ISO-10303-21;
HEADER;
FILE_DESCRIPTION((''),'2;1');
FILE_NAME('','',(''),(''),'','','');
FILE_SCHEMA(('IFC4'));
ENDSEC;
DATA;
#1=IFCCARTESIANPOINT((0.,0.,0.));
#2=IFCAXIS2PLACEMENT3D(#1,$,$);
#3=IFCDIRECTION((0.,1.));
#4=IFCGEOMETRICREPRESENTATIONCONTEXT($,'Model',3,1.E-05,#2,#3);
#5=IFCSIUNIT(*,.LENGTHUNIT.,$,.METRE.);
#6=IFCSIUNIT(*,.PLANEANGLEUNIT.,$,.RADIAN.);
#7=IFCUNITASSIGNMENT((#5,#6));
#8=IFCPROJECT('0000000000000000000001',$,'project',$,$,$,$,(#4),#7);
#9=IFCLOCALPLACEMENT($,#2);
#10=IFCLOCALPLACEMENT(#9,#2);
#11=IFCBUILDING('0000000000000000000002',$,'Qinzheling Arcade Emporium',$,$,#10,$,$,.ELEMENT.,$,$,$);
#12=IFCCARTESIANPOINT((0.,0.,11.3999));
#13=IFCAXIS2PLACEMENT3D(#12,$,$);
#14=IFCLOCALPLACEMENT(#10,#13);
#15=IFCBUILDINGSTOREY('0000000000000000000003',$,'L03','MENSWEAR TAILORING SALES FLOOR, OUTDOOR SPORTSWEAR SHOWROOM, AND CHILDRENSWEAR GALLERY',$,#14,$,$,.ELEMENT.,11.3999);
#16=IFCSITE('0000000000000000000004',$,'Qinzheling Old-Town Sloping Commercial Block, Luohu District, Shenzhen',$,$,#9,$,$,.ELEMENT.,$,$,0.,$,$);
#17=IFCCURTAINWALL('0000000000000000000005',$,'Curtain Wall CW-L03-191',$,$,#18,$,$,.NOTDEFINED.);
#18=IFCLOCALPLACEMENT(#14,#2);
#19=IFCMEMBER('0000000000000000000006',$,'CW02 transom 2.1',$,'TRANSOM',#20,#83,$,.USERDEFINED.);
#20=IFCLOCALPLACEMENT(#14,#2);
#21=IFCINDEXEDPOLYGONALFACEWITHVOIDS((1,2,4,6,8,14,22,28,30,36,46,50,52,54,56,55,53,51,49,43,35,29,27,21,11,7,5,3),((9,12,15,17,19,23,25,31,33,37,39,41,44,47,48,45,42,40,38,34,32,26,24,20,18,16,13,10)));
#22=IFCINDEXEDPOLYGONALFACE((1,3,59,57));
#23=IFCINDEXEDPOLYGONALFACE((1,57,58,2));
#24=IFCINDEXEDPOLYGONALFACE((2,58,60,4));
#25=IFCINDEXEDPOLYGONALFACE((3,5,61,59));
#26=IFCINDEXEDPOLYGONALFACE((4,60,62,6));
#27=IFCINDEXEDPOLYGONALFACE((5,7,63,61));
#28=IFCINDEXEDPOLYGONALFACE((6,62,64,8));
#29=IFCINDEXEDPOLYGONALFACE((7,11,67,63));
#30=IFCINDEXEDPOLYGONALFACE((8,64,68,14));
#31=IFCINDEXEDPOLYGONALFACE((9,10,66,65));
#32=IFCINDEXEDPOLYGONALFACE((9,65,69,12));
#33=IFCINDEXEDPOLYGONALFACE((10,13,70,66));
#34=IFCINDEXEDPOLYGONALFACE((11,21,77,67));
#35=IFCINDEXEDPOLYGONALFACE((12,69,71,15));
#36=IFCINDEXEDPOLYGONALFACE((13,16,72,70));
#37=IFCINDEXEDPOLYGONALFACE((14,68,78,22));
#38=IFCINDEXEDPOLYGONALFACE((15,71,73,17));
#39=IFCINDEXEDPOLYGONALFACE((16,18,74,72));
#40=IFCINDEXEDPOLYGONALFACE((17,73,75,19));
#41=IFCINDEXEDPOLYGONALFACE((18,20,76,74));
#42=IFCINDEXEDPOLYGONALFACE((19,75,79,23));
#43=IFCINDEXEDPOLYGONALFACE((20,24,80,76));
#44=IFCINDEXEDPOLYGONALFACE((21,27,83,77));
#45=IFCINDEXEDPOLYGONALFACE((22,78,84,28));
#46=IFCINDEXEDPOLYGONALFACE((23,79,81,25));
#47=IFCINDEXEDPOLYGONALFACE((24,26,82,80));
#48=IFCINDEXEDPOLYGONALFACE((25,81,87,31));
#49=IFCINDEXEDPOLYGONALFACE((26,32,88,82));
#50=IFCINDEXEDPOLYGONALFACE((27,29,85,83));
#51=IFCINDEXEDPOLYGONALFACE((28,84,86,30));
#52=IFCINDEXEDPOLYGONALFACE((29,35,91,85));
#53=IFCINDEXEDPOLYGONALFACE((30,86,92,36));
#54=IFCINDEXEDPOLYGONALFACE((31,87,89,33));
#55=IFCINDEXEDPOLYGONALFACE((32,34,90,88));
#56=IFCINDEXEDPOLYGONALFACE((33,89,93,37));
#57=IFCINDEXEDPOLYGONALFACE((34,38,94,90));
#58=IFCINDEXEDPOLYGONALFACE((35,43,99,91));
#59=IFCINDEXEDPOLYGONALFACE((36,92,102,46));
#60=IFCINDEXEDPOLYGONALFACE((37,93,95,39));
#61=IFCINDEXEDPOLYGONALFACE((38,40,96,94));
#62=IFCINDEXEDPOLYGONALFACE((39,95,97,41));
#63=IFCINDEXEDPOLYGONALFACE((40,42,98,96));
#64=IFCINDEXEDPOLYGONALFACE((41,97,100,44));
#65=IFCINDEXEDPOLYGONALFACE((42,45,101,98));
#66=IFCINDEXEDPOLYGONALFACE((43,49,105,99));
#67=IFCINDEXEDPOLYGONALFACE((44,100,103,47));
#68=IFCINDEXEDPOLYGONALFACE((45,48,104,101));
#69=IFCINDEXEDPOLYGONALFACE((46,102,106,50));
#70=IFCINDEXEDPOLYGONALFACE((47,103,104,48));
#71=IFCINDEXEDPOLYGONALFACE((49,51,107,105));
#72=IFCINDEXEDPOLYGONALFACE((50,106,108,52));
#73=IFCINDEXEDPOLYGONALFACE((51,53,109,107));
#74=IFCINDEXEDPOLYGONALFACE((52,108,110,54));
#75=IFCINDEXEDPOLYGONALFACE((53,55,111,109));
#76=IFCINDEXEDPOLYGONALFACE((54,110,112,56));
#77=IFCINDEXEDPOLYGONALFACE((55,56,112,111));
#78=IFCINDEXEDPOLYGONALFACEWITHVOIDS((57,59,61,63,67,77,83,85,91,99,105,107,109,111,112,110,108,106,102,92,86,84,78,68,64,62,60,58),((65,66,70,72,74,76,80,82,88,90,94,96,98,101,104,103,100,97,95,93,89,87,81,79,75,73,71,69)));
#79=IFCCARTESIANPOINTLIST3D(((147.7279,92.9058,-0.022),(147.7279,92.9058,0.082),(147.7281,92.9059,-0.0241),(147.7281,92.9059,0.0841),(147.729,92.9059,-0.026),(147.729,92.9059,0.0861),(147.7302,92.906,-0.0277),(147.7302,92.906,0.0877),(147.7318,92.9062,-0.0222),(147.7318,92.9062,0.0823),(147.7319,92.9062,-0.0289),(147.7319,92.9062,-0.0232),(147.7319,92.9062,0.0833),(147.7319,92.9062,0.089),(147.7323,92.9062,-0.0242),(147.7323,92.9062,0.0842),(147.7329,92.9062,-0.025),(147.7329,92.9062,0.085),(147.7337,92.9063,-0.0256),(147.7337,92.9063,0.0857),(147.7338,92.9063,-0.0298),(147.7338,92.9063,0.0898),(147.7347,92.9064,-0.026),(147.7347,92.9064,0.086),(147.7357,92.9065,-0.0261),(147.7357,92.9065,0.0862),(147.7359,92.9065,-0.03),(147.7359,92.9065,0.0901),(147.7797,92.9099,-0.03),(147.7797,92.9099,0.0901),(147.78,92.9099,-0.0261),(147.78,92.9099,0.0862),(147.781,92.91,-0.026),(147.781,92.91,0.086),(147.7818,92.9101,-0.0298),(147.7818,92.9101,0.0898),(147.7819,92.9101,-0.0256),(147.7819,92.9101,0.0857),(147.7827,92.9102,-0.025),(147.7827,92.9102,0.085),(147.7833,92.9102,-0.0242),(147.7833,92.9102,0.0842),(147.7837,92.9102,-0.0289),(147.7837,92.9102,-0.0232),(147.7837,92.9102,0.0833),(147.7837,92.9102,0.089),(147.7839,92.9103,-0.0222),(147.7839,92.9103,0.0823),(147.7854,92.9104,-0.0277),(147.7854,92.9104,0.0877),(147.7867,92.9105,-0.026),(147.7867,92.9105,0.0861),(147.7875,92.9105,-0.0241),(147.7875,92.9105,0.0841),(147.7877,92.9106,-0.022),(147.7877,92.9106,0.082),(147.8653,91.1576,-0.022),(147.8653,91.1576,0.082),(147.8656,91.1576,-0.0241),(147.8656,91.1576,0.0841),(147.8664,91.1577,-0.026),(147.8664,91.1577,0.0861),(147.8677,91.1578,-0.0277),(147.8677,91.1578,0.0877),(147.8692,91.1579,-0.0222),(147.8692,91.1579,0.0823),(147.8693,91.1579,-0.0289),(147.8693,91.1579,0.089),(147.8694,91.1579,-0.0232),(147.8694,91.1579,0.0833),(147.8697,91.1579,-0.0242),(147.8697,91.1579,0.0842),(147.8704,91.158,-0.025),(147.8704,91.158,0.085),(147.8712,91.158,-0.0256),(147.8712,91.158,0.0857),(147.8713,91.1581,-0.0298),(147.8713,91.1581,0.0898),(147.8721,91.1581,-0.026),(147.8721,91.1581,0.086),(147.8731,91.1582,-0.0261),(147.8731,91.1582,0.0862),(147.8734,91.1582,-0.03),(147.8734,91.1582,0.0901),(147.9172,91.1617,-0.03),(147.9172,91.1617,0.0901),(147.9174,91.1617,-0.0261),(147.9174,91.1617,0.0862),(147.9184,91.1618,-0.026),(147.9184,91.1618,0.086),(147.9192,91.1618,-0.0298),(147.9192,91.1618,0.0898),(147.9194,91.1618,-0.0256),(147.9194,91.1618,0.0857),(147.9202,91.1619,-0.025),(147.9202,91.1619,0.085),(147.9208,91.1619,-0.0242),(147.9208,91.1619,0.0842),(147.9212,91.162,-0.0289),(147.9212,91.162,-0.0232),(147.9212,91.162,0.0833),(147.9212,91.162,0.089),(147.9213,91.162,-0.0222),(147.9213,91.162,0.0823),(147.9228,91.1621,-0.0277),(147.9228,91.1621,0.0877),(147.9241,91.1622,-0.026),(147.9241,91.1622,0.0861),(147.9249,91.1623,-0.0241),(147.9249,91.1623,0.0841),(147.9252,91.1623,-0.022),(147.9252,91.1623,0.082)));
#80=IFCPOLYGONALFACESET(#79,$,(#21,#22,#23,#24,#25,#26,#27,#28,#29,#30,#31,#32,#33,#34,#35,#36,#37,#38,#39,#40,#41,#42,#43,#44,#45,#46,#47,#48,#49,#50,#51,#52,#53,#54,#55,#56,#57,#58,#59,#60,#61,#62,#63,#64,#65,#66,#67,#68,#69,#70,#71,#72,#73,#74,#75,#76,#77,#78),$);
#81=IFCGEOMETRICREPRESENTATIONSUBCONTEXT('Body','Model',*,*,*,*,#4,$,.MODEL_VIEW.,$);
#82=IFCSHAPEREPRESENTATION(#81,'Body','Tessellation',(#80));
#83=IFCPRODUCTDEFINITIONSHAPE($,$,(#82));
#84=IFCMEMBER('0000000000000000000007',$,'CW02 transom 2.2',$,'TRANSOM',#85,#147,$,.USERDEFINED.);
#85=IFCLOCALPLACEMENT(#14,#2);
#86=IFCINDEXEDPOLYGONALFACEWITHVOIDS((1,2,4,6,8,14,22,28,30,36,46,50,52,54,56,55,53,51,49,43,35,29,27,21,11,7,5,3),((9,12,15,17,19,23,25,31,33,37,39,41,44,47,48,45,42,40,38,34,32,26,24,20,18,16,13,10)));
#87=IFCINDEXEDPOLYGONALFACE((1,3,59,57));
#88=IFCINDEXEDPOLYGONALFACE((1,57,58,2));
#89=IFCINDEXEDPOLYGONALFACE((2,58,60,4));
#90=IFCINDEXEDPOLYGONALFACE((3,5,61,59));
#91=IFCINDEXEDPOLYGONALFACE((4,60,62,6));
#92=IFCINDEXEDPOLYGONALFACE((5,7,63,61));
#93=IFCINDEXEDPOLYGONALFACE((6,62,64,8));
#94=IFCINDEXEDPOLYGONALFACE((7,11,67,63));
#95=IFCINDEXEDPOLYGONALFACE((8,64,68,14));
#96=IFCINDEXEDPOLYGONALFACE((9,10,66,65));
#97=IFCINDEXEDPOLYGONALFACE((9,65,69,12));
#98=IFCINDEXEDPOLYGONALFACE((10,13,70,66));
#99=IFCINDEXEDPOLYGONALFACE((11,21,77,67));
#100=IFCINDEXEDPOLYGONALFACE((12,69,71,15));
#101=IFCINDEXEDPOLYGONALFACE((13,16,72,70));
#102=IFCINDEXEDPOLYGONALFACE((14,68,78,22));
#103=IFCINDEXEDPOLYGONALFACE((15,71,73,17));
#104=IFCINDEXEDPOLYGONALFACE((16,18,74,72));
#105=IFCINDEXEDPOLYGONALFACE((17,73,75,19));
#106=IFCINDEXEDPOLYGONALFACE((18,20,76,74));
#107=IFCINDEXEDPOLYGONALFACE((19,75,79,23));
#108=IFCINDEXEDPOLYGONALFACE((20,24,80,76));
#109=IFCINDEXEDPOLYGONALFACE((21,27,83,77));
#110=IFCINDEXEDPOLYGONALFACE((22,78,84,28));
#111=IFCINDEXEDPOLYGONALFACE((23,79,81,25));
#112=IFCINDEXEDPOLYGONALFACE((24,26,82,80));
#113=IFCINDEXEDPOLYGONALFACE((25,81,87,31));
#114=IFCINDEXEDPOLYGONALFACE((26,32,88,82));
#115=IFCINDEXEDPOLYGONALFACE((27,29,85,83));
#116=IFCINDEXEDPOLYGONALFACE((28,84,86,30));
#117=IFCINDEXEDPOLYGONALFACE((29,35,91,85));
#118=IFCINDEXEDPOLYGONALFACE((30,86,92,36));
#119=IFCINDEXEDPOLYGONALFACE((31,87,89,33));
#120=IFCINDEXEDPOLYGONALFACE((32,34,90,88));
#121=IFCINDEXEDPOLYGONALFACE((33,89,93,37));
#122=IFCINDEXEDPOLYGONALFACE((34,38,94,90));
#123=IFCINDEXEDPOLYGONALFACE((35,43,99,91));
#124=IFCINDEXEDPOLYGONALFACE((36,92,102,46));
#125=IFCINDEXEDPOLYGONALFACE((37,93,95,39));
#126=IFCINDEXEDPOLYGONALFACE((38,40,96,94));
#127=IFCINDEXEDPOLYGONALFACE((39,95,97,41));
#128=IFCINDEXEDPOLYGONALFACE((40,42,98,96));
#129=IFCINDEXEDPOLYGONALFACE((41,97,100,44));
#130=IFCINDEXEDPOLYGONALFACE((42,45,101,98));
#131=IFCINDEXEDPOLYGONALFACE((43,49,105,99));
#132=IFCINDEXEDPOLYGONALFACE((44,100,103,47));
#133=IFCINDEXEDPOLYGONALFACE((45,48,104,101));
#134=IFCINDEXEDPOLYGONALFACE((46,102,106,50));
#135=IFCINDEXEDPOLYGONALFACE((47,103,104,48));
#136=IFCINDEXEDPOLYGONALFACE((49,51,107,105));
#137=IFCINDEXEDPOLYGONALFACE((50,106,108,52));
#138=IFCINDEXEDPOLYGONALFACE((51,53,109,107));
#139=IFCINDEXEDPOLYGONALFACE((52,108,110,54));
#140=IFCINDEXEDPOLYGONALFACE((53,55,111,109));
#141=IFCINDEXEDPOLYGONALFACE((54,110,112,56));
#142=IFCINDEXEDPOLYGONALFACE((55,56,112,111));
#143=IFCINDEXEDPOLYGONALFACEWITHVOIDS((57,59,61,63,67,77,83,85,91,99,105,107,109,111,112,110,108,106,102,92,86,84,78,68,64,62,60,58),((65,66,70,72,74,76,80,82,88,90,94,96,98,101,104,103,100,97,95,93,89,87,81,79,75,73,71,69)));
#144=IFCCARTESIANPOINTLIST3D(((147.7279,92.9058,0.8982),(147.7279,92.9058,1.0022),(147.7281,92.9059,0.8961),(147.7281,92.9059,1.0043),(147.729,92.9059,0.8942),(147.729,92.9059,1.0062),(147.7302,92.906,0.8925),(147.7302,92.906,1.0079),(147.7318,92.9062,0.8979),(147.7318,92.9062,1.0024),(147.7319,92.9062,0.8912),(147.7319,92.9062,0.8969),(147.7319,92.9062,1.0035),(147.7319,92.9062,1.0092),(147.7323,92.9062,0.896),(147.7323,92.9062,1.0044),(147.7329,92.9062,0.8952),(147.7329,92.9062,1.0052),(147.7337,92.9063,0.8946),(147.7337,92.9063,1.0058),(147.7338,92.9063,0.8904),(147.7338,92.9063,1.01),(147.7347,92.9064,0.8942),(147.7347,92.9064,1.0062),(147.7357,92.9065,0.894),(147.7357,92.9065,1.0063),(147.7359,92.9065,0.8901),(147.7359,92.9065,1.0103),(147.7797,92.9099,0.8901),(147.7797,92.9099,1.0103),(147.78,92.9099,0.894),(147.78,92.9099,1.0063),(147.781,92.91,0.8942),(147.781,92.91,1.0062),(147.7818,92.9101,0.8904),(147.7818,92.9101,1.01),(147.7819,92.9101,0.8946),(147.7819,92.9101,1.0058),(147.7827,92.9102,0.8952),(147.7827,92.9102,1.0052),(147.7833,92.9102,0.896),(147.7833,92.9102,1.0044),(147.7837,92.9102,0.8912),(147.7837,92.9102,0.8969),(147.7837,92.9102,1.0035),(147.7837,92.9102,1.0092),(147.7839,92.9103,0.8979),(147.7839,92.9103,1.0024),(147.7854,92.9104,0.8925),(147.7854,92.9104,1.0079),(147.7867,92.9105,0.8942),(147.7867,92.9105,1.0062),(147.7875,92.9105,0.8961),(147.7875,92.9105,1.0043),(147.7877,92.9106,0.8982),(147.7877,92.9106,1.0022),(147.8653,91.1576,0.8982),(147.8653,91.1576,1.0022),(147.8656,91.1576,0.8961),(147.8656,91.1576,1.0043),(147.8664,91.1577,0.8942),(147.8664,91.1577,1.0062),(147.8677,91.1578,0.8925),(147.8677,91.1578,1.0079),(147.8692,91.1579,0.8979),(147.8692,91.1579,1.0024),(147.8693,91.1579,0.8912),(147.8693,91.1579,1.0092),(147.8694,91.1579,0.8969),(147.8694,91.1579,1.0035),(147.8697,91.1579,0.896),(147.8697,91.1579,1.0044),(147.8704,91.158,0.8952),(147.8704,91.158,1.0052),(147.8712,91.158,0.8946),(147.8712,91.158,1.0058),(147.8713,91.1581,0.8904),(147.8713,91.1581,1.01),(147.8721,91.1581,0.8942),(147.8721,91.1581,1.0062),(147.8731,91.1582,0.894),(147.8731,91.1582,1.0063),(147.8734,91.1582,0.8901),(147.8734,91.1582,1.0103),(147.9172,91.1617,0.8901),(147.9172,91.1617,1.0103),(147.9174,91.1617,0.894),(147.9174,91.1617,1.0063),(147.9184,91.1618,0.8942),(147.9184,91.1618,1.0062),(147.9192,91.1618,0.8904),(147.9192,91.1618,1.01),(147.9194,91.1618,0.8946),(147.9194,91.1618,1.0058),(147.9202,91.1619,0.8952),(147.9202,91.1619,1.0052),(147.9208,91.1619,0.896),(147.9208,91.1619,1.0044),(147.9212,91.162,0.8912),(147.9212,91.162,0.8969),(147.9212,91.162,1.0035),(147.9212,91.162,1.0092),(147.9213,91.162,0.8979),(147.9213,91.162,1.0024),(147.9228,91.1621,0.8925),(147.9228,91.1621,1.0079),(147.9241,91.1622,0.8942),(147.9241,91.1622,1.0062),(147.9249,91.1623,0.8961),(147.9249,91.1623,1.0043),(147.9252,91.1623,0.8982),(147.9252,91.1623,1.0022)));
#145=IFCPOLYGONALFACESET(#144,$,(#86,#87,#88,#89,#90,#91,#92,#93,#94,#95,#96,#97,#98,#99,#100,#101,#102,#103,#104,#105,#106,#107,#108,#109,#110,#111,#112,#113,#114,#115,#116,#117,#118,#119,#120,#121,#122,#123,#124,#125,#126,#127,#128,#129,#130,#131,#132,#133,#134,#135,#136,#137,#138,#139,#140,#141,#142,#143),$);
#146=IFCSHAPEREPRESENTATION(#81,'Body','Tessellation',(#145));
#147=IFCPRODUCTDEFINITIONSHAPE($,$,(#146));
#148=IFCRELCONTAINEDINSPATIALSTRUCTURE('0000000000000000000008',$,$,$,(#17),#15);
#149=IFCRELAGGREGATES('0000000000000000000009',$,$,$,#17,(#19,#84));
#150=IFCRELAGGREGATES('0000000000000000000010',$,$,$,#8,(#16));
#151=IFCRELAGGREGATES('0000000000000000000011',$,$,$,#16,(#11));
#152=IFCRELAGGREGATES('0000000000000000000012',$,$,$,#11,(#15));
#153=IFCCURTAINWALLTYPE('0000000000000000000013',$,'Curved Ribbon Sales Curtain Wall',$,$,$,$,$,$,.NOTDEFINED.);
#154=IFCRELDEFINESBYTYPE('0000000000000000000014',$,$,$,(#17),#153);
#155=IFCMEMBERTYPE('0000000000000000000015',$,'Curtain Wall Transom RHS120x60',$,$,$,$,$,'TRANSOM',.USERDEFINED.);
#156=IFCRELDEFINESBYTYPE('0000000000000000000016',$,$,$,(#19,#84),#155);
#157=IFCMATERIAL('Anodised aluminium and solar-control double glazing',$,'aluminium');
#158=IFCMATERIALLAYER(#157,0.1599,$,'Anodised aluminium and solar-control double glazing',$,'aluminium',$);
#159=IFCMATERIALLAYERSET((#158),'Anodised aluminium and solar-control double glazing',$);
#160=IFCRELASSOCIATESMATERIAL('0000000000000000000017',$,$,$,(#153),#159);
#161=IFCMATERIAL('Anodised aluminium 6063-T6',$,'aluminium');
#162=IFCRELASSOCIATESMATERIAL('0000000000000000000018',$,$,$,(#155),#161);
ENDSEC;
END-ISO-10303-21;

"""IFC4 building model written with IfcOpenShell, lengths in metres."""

from ifc_helpers import new_model, si_unit, direction, frame, origin, origin_2d, place, context, subcontext, project, spatial, hollow_rectangle, extrude, material, layer, layer_set, material_profile, profile_set, type_object, element, aggregate, save


model = new_model("IFC4")

# Units and contexts
model_context = context("Model", 3, precision=1e-05, world=origin(), true_north=direction((0.0, 1.0)))
body_context = subcontext(model_context, "Body", "Model", "MODEL_VIEW")
ifc_project = project(units=[si_unit("LENGTHUNIT", "METRE"), si_unit("PLANEANGLEUNIT", "RADIAN")], contexts=[model_context])

# Site, building, storey
site_placement = place(None, origin())
site = spatial("IfcSite", under=ifc_project, at=site_placement, Name="Qinzheling Old-Town Sloping Commercial Block, Luohu District, Shenzhen", CompositionType="ELEMENT", RefElevation=0.0)
building_placement = place(site_placement, origin())
building = spatial("IfcBuilding", under=site, at=building_placement, Name="Qinzheling Arcade Emporium", CompositionType="ELEMENT")
storey_placement = place(building_placement, frame((0.0, 0.0, 11.3999)))
storey = spatial("IfcBuildingStorey", under=building, at=storey_placement, Name="L03", Description="MENSWEAR TAILORING SALES FLOOR, OUTDOOR SPORTSWEAR SHOWROOM, AND CHILDRENSWEAR GALLERY", CompositionType="ELEMENT", Elevation=11.3999)

# Curtain wall
ifc_material_1 = material(Name="Anodised aluminium and solar-control double glazing", Category="aluminium")
ifc_layer_1 = layer(ifc_material_1, 0.1599, Name="Anodised aluminium and solar-control double glazing", Category="aluminium")
ifc_layer_set_1 = layer_set([ifc_layer_1], Name="Anodised aluminium and solar-control double glazing")
curtain_wall_type = type_object("IfcCurtainWallType", Name="Curved Ribbon Sales Curtain Wall", PredefinedType="NOTDEFINED", material=ifc_layer_set_1)
curtain_wall_1_placement = place(storey_placement, origin())
curtain_wall_1 = element("IfcCurtainWall", 1, at=curtain_wall_1_placement, inside=storey, type_object=curtain_wall_type, Name="Curtain Wall CW-L03-191", PredefinedType="NOTDEFINED")
ifc_material_2 = material(Name="Anodised aluminium 6063-T6", Category="aluminium")

# Members
ifc_material_profile_1 = material_profile(ifc_material_2, hollow_rectangle(XDim=0.0601, YDim=0.1201, WallThickness=0.0039, InnerFilletRadius=0.0039, OuterFilletRadius=0.0081, at=origin_2d()), Name="RHS 120x60x4", Category="aluminium")
ifc_profile_set_1 = profile_set([ifc_material_profile_1], Name="Anodised aluminium 6063-T6")
member_type_1 = type_object("IfcMemberType", Name="Curtain Wall Transom RHS120x60", ElementType="TRANSOM", PredefinedType="USERDEFINED", material=ifc_profile_set_1)
member_1_placement = place(storey_placement, frame((147.7578, 92.9082, 0.03), z_axis=(0.078378, -0.996924, 0.0), x_axis=(0.996924, 0.078378, 0.0)))
member_1 = element("IfcMember", 2, at=member_1_placement, type_object=member_type_1, Name="CW02 transom 2.1", ObjectType="TRANSOM", PredefinedType="USERDEFINED", context=body_context, shape_type="SweptSolid", body=[
    extrude(hollow_rectangle(XDim=0.0601, YDim=0.1201, WallThickness=0.0039, InnerFilletRadius=0.0039, OuterFilletRadius=0.0081, at=origin_2d()), origin(), (0.0, 0.0, 1.0), 1.7537),
])
member_2_placement = place(storey_placement, frame((147.7578, 92.9082, 0.9502), z_axis=(0.078378, -0.996924, 0.0), x_axis=(0.996924, 0.078378, 0.0)))
member_2 = element("IfcMember", 3, at=member_2_placement, type_object=member_type_1, Name="CW02 transom 2.2", ObjectType="TRANSOM", PredefinedType="USERDEFINED", context=body_context, shape_type="SweptSolid", body=[
    extrude(hollow_rectangle(XDim=0.0601, YDim=0.1201, WallThickness=0.0039, InnerFilletRadius=0.0039, OuterFilletRadius=0.0081, at=origin_2d()), origin(), (0.0, 0.0, 1.0), 1.7537),
])

aggregate(curtain_wall_1, [member_1, member_2])

save(model, "model.ifc")
